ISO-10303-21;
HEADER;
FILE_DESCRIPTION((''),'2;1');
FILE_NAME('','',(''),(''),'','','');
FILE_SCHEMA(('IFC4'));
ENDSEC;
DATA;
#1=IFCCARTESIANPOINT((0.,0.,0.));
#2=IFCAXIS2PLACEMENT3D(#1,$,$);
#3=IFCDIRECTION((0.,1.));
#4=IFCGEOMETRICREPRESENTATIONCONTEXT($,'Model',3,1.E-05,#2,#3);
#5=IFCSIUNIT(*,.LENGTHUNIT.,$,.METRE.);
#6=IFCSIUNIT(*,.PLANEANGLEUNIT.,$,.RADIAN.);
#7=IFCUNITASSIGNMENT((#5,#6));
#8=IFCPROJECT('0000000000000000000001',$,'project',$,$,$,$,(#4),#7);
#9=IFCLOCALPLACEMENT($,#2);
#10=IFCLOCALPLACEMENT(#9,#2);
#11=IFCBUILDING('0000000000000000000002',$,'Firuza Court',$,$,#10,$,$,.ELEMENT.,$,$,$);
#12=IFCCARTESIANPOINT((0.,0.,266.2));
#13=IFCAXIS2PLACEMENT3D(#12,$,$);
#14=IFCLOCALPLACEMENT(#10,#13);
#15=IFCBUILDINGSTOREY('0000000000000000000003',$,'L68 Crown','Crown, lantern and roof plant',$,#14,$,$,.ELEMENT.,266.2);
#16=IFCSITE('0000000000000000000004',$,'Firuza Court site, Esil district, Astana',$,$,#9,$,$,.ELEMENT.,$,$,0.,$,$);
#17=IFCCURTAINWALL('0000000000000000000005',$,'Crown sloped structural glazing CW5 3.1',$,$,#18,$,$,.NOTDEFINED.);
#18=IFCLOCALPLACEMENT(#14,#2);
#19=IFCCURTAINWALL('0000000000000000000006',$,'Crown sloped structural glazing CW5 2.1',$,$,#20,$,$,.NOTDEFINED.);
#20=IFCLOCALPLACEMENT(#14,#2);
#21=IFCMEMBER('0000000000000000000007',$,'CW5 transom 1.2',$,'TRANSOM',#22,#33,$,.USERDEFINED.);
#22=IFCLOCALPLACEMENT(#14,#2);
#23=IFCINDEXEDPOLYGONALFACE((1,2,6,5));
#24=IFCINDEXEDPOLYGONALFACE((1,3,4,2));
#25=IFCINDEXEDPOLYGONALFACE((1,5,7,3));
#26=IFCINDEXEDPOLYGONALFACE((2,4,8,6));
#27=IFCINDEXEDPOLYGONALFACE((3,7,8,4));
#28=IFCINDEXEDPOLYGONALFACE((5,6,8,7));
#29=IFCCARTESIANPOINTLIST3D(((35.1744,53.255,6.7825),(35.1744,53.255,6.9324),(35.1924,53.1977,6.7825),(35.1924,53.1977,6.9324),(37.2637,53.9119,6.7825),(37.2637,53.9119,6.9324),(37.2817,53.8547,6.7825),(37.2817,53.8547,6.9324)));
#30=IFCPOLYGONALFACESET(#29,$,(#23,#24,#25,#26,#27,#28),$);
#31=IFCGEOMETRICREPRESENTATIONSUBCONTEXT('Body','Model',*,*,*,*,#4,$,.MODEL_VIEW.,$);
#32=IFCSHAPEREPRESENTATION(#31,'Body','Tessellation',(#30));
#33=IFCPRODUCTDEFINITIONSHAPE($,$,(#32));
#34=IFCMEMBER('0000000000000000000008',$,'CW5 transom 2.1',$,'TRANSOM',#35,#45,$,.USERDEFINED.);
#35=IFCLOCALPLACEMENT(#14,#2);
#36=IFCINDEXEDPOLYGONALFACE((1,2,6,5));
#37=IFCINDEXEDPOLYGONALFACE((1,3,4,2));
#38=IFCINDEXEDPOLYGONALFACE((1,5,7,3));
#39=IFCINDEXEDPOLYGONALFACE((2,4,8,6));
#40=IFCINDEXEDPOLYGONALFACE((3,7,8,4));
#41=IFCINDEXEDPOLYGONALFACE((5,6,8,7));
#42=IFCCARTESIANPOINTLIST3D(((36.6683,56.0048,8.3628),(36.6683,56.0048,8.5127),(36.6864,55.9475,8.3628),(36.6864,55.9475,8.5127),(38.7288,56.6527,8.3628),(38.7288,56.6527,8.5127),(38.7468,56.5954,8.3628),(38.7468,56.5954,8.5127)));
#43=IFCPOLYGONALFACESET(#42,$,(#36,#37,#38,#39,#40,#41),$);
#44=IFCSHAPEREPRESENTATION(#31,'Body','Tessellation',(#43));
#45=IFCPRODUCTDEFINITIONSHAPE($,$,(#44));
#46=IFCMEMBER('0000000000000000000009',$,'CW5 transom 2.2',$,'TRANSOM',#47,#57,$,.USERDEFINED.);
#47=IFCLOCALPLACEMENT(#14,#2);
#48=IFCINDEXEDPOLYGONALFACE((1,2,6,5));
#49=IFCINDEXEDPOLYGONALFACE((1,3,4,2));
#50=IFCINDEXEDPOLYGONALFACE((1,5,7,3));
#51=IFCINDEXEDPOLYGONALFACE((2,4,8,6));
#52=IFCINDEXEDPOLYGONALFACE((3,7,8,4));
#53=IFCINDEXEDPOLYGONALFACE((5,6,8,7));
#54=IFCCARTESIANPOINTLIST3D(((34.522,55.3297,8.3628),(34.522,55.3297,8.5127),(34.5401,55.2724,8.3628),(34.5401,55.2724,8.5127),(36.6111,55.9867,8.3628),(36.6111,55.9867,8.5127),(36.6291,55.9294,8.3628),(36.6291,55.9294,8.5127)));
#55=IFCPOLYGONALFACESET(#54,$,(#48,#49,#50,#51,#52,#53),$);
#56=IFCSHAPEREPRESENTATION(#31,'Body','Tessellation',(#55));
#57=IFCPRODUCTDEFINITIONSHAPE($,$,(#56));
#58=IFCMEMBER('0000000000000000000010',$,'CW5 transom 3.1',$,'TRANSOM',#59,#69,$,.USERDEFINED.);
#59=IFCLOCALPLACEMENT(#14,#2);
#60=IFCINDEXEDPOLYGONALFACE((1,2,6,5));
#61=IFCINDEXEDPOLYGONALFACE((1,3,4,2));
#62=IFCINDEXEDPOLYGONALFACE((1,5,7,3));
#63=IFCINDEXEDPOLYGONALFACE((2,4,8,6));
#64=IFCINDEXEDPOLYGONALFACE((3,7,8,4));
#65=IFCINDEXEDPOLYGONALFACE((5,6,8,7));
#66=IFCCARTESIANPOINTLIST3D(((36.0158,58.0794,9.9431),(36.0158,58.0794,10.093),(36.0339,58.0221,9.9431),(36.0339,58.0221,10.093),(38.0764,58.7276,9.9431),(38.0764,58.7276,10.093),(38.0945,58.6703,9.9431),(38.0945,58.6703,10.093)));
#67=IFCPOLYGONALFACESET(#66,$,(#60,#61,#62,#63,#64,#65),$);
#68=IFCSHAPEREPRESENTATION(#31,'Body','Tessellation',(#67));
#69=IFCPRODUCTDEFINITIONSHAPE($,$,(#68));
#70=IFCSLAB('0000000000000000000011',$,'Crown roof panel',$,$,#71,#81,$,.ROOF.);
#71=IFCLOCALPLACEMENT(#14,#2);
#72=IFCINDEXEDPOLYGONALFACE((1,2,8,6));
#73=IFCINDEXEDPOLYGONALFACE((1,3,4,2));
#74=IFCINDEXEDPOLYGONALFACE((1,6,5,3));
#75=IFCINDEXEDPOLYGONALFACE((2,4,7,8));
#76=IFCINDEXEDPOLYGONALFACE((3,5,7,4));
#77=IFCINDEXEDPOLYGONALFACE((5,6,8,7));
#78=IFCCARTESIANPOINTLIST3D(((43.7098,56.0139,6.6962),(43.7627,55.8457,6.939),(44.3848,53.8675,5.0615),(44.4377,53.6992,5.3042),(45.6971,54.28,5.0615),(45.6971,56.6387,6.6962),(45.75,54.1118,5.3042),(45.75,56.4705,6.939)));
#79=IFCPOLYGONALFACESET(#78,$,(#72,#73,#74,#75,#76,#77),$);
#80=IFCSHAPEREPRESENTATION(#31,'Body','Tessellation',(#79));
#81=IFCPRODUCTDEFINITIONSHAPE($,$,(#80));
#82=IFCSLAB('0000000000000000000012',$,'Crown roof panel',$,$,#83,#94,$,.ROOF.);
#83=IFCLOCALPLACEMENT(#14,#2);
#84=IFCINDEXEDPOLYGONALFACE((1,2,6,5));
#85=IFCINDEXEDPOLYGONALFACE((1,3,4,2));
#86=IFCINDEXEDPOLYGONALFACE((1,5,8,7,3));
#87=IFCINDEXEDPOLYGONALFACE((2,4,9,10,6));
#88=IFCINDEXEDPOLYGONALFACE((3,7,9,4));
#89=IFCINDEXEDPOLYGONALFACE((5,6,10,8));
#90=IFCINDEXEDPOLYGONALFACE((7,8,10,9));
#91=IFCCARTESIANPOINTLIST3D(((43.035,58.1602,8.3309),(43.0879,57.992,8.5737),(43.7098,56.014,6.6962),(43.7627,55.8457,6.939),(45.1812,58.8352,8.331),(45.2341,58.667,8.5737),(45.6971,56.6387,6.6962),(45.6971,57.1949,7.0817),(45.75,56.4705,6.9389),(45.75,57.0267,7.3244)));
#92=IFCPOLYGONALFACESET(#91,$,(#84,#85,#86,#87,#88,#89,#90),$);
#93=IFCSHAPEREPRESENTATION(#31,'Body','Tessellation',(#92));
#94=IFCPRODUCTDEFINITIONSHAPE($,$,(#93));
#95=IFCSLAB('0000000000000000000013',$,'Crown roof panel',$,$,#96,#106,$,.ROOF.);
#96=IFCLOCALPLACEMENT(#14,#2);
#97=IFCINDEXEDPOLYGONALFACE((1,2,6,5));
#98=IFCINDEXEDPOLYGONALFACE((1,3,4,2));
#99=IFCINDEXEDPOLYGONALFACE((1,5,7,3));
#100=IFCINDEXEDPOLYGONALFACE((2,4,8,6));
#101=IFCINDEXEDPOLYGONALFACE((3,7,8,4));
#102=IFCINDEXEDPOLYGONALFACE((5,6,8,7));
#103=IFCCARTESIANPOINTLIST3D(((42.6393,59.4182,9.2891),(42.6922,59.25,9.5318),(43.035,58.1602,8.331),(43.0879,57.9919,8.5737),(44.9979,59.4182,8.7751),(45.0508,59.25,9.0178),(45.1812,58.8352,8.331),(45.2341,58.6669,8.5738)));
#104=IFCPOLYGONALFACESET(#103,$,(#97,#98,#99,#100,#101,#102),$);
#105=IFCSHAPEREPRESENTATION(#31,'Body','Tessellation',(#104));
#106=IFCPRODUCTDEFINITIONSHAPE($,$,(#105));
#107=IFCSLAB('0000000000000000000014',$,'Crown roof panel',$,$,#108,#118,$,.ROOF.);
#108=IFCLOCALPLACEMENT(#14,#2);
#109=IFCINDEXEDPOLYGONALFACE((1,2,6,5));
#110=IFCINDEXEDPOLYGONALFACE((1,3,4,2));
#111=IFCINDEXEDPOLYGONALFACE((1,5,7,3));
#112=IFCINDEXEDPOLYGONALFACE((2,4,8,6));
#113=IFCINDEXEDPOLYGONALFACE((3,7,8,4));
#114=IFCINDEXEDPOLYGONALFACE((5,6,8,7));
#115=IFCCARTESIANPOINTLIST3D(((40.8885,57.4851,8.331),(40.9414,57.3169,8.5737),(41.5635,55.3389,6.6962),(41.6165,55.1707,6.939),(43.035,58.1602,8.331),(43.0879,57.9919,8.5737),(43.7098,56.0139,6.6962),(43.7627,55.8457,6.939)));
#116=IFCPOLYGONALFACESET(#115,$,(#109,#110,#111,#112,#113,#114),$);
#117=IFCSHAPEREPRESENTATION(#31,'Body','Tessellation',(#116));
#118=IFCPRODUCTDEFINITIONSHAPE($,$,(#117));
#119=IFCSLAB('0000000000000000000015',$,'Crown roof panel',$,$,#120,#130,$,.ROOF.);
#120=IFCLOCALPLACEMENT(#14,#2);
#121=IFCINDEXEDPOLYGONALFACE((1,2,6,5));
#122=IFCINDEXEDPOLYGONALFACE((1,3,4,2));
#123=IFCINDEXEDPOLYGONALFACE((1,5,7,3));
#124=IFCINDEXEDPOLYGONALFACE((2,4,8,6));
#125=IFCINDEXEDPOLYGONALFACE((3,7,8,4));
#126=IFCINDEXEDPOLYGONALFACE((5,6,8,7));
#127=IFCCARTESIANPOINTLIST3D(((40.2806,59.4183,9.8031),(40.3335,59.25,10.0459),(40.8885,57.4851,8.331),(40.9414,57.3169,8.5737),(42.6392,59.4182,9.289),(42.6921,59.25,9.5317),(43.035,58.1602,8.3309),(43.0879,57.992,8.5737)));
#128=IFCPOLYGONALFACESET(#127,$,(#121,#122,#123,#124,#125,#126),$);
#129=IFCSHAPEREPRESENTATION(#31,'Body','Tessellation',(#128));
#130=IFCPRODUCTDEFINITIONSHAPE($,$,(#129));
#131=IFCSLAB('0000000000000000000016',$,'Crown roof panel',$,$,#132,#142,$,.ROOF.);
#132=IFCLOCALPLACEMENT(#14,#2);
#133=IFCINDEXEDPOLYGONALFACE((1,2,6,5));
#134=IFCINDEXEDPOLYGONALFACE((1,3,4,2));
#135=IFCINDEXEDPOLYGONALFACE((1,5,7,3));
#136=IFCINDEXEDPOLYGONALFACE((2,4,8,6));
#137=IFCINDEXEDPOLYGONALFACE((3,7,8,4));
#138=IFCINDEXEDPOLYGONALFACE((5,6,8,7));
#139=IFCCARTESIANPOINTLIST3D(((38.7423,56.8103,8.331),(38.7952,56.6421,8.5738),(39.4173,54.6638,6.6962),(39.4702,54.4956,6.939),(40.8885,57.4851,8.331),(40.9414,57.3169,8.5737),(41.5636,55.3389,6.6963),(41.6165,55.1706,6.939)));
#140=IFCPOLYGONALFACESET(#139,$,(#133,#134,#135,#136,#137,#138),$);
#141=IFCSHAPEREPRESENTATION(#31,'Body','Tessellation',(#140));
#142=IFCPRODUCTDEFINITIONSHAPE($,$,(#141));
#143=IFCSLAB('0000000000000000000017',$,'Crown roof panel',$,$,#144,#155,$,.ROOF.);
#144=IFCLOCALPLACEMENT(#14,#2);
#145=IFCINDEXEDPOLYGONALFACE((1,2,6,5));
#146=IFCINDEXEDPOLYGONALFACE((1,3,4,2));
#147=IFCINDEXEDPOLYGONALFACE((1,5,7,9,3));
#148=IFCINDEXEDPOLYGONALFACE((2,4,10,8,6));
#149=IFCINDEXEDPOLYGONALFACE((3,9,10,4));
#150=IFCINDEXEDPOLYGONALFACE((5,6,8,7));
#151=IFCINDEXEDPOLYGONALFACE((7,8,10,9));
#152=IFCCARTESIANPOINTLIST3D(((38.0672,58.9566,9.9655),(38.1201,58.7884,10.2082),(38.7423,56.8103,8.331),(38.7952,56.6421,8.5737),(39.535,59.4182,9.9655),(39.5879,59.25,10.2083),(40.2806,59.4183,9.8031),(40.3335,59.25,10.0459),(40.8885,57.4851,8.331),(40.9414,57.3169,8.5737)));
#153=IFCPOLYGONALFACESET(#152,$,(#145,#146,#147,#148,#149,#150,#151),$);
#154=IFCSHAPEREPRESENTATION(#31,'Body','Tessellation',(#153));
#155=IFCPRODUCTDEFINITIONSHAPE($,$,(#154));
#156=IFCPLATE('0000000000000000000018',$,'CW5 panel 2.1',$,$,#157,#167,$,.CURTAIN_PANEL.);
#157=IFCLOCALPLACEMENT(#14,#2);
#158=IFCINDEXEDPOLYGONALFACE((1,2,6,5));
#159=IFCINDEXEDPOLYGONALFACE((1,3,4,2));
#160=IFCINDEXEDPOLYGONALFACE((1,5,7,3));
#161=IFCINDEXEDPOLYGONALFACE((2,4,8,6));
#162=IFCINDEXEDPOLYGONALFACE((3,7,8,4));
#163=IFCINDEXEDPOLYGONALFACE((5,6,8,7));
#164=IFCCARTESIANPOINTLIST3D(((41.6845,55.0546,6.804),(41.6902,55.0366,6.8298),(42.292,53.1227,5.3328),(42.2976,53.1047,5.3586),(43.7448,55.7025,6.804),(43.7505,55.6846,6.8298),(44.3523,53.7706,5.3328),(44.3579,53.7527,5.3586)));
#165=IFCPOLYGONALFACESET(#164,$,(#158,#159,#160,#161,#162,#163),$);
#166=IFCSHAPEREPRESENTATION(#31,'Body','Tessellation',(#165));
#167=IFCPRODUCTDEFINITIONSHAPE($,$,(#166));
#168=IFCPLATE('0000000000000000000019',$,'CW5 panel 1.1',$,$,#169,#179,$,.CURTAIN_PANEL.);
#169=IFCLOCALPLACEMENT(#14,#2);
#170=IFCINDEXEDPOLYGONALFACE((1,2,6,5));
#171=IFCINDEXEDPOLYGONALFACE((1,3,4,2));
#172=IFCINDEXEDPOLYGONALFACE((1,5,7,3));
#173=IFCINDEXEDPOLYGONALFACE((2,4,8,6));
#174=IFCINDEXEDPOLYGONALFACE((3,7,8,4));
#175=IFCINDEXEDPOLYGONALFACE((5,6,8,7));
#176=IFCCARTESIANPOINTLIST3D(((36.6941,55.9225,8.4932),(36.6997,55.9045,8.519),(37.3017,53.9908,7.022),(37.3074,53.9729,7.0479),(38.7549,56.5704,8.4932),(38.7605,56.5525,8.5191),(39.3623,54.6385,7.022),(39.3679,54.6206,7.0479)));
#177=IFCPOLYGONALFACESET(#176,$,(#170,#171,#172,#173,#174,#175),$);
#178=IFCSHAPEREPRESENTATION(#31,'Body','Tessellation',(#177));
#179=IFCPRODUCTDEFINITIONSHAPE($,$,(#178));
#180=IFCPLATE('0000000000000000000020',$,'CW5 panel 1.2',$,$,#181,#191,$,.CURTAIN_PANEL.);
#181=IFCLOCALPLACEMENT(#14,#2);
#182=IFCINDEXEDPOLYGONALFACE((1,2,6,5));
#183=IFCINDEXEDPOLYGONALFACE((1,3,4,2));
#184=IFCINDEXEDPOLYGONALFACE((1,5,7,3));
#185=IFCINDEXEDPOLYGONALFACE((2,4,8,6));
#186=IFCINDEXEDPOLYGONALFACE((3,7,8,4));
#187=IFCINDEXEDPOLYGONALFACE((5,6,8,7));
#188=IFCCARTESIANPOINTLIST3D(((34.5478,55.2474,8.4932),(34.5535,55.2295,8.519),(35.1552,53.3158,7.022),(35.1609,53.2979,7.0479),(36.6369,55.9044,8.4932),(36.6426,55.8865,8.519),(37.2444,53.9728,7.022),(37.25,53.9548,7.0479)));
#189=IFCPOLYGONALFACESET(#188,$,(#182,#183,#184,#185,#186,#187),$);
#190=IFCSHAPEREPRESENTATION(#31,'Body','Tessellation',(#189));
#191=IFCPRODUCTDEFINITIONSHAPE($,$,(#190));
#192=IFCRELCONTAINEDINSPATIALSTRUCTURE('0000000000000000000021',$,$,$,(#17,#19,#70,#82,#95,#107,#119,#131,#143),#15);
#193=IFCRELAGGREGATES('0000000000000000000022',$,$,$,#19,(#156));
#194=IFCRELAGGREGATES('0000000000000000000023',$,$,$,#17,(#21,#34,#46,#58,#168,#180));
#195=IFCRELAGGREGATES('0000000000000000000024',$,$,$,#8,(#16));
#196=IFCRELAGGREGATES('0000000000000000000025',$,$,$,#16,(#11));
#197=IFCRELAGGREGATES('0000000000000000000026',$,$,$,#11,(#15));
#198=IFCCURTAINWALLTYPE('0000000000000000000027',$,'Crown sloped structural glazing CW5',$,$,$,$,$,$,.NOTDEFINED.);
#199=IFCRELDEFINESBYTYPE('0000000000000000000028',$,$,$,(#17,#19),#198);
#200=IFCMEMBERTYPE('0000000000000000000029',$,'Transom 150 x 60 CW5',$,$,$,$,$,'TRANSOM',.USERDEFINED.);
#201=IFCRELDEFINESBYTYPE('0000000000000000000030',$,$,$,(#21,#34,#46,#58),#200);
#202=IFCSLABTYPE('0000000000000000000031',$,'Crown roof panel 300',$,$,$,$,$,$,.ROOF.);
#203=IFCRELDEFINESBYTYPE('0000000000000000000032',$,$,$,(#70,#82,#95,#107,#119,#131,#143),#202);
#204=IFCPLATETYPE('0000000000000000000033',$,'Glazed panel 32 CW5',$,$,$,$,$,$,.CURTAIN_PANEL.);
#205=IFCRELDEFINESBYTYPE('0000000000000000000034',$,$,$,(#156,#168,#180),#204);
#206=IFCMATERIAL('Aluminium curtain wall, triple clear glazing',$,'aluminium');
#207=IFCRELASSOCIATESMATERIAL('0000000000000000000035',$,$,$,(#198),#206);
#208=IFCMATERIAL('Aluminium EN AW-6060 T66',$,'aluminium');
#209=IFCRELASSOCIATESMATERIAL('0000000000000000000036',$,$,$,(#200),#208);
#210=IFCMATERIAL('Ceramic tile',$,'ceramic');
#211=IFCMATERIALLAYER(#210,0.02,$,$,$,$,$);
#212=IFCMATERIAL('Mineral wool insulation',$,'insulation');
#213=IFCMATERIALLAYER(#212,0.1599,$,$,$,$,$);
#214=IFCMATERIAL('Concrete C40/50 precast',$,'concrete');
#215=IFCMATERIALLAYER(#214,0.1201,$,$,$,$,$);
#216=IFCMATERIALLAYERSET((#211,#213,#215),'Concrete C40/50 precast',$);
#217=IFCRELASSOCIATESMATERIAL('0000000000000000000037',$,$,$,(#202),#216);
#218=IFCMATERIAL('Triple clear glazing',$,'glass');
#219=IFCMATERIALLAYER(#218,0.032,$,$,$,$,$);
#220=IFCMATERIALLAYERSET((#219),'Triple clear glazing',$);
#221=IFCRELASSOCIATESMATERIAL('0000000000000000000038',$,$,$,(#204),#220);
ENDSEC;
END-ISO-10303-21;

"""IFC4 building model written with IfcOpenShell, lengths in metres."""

from ifc_helpers import new_model, si_unit, direction, frame, origin, origin_2d, place, context, subcontext, project, spatial, polyline, rectangle, outline, extrude, material, layer, layer_set, material_profile, profile_set, type_object, element, aggregate, save


model = new_model("IFC4")

# Units and contexts
model_context = context("Model", 3, precision=1e-05, world=origin(), true_north=direction((0.0, 1.0)))
body_context = subcontext(model_context, "Body", "Model", "MODEL_VIEW")
ifc_project = project(units=[si_unit("LENGTHUNIT", "METRE"), si_unit("PLANEANGLEUNIT", "RADIAN")], contexts=[model_context])

# Site, building, storey
site_placement = place(None, origin())
site = spatial("IfcSite", under=ifc_project, at=site_placement, Name="Firuza Court site, Esil district, Astana", CompositionType="ELEMENT", RefElevation=0.0)
building_placement = place(site_placement, origin())
building = spatial("IfcBuilding", under=site, at=building_placement, Name="Firuza Court", CompositionType="ELEMENT")
storey_placement = place(building_placement, frame((0.0, 0.0, 266.2)))
storey = spatial("IfcBuildingStorey", under=building, at=storey_placement, Name="L68 Crown", Description="Crown, lantern and roof plant", CompositionType="ELEMENT", Elevation=266.2)

# Curtain walls
ifc_material_1 = material(Name="Aluminium curtain wall, triple clear glazing", Category="aluminium")
curtain_wall_type = type_object("IfcCurtainWallType", Name="Crown sloped structural glazing CW5", PredefinedType="NOTDEFINED", material=ifc_material_1)
curtain_wall_1_placement = place(storey_placement, origin())
curtain_wall_1 = element("IfcCurtainWall", 1, at=curtain_wall_1_placement, inside=storey, type_object=curtain_wall_type, Name="Crown sloped structural glazing CW5 3.1", PredefinedType="NOTDEFINED")
curtain_wall_2_placement = place(storey_placement, origin())
curtain_wall_2 = element("IfcCurtainWall", 2, at=curtain_wall_2_placement, inside=storey, type_object=curtain_wall_type, Name="Crown sloped structural glazing CW5 2.1", PredefinedType="NOTDEFINED")
ifc_material_2 = material(Name="Aluminium EN AW-6060 T66", Category="aluminium")
ifc_material_profile_1 = material_profile(ifc_material_2, rectangle(XDim=0.0601, YDim=0.1499, at=origin_2d()), Name="Transom 150 x 60 CW5")
ifc_profile_set_1 = profile_set([ifc_material_profile_1], Name="Aluminium EN AW-6060 T66")
member_type_1 = type_object("IfcMemberType", Name="Transom 150 x 60 CW5", ElementType="TRANSOM", PredefinedType="USERDEFINED", material=ifc_profile_set_1)

# Members
member_1_placement = place(storey_placement, frame((37.2727, 53.8833, 6.8574), z_axis=(-0.953951, -0.299963, 0.0), x_axis=(0.299963, -0.953951, 0.0)))
member_1 = element("IfcMember", 3, at=member_1_placement, type_object=member_type_1, Name="CW5 transom 1.2", ObjectType="TRANSOM", PredefinedType="USERDEFINED", context=body_context, shape_type="SweptSolid", body=[
    extrude(rectangle(XDim=0.0601, YDim=0.1499, at=origin_2d()), origin(), (0.0, 0.0, 1.0), 2.1902),
])
member_2_placement = place(storey_placement, frame((38.7378, 56.624, 8.4377), z_axis=(-0.953948, -0.299974, 0.0), x_axis=(0.299974, -0.953948, 0.0)))
member_2 = element("IfcMember", 4, at=member_2_placement, type_object=member_type_1, Name="CW5 transom 2.1", ObjectType="TRANSOM", PredefinedType="USERDEFINED", context=body_context, shape_type="SweptSolid", body=[
    extrude(rectangle(XDim=0.0601, YDim=0.1499, at=origin_2d()), origin(), (0.0, 0.0, 1.0), 2.1599),
])
member_3_placement = place(storey_placement, frame((36.6201, 55.958, 8.4377), z_axis=(-0.953941, -0.299995, 0.0), x_axis=(0.299995, -0.953941, 0.0)))
member_3 = element("IfcMember", 5, at=member_3_placement, type_object=member_type_1, Name="CW5 transom 2.2", ObjectType="TRANSOM", PredefinedType="USERDEFINED", context=body_context, shape_type="SweptSolid", body=[
    extrude(rectangle(XDim=0.0601, YDim=0.1499, at=origin_2d()), origin(), (0.0, 0.0, 1.0), 2.1899),
])
member_4_placement = place(storey_placement, frame((38.0854, 58.699, 10.0181), z_axis=(-0.953915, -0.300076, 0.0), x_axis=(0.300076, -0.953915, 0.0)))
member_4 = element("IfcMember", 6, at=member_4_placement, type_object=member_type_1, Name="CW5 transom 3.1", ObjectType="TRANSOM", PredefinedType="USERDEFINED", context=body_context, shape_type="SweptSolid", body=[
    extrude(rectangle(XDim=0.0601, YDim=0.1499, at=origin_2d()), origin(), (0.0, 0.0, 1.0), 2.1602),
])

# Slabs
ifc_material_3 = material(Name="Ceramic tile", Category="ceramic")
ifc_layer_1 = layer(ifc_material_3, 0.02)
ifc_material_4 = material(Name="Mineral wool insulation", Category="insulation")
ifc_layer_2 = layer(ifc_material_4, 0.1599)
ifc_material_5 = material(Name="Concrete C40/50 precast", Category="concrete")
ifc_layer_3 = layer(ifc_material_5, 0.1201)
ifc_layer_set_1 = layer_set([ifc_layer_1, ifc_layer_2, ifc_layer_3], Name="Concrete C40/50 precast")
slab_type = type_object("IfcSlabType", Name="Crown roof panel 300", PredefinedType="ROOF", material=ifc_layer_set_1)
slab_1_placement = place(storey_placement, frame((44.4377, 53.6992, 5.3042), z_axis=(0.176286, -0.560721, 0.809021), x_axis=(-0.24271, 0.771756, 0.587779)))
element("IfcSlab", 7, at=slab_1_placement, inside=storey, type_object=slab_type, Name="Crown roof panel", PredefinedType="ROOF", context=body_context, shape_type="SweptSolid", body=[
    extrude(outline(polyline([(0.0, 0.0), (2.7813, 0.0), (2.7811, -2.0832), (-0.0001, -1.3756), (0.0, 0.0)])), origin(), (0.0, 0.0, -1.0), 0.3),
])
slab_2_placement = place(storey_placement, frame((43.7627, 55.8457, 6.939), z_axis=(0.176315, -0.560732, 0.809007), x_axis=(-0.242651, 0.77176, 0.587799)))
element("IfcSlab", 8, at=slab_2_placement, inside=storey, type_object=slab_type, Name="Crown roof panel", PredefinedType="ROOF", context=body_context, shape_type="SweptSolid", body=[
    extrude(outline(polyline([(0.0, 0.0), (2.781, 0.0), (2.7812, -2.2499), (0.6558, -2.25), (-0.0001, -2.0832), (0.0, 0.0)])), origin(), (0.0, 0.0, -1.0), 0.3),
])
slab_3_placement = place(storey_placement, frame((43.0879, 57.9919, 8.5737), z_axis=(0.176313, -0.560683, 0.809042), x_axis=(-0.242775, 0.771757, 0.587751)))
element("IfcSlab", 9, at=slab_3_placement, inside=storey, type_object=slab_type, Name="Crown roof panel", PredefinedType="ROOF", context=body_context, shape_type="SweptSolid", body=[
    extrude(outline(polyline([(0.0, 0.0), (1.6301, 0.0), (0.7554, -2.2499), (-0.0001, -2.2499), (0.0, 0.0)])), origin(), (0.0, 0.0, -1.0), 0.3),
])
slab_4_placement = place(storey_placement, frame((41.6165, 55.1707, 6.939), z_axis=(0.176358, -0.560741, 0.808992), x_axis=(-0.242726, 0.77172, 0.58782)))
element("IfcSlab", 10, at=slab_4_placement, inside=storey, type_object=slab_type, Name="Crown roof panel", PredefinedType="ROOF", context=body_context, shape_type="SweptSolid", body=[
    extrude(outline(polyline([(0.0, 0.0), (2.7811, 0.0), (2.781, -2.2501), (0.0, -2.2499), (0.0, 0.0)])), origin(), (0.0, 0.0, -1.0), 0.3),
])
slab_5_placement = place(storey_placement, frame((40.9414, 57.3169, 8.5737), z_axis=(0.176344, -0.560658, 0.809052), x_axis=(-0.242707, 0.771789, 0.587737)))
element("IfcSlab", 11, at=slab_5_placement, inside=storey, type_object=slab_type, Name="Crown roof panel", PredefinedType="ROOF", context=body_context, shape_type="SweptSolid", body=[
    extrude(outline(polyline([(0.0, 0.0), (2.5047, 0.0), (1.6301, -2.25), (0.0, -2.2501), (0.0, 0.0)])), origin(), (0.0, 0.0, -1.0), 0.3),
])
slab_6_placement = place(storey_placement, frame((39.4702, 54.4956, 6.939), z_axis=(0.17633, -0.560722, 0.809011), x_axis=(-0.242707, 0.771746, 0.587793)))
element("IfcSlab", 12, at=slab_6_placement, inside=storey, type_object=slab_type, Name="Crown roof panel", PredefinedType="ROOF", context=body_context, shape_type="SweptSolid", body=[
    extrude(outline(polyline([(0.0, 0.0), (2.7813, 0.0), (2.7812, -2.2498), (0.0001, -2.2499), (0.0, 0.0)])), origin(), (0.0, 0.0, -1.0), 0.3),
])
slab_7_placement = place(storey_placement, frame((38.7952, 56.6421, 8.5737), z_axis=(0.176289, -0.560679, 0.80905), x_axis=(-0.242744, 0.771775, 0.58774)))
element("IfcSlab", 13, at=slab_7_placement, inside=storey, type_object=slab_type, Name="Crown roof panel", PredefinedType="ROOF", context=body_context, shape_type="SweptSolid", body=[
    extrude(outline(polyline([(0.0, 0.0), (2.781, 0.0), (2.781, -1.5387), (2.5046, -2.2499), (-0.0002, -2.2498), (0.0, 0.0)])), origin(), (0.0, 0.0, -1.0), 0.3),
])

# Plates
ifc_material_6 = material(Name="Triple clear glazing", Category="glass")
ifc_layer_4 = layer(ifc_material_6, 0.032)
ifc_layer_set_2 = layer_set([ifc_layer_4], Name="Triple clear glazing")
plate_type = type_object("IfcPlateType", Name="Glazed panel 32 CW5", PredefinedType="CURTAIN_PANEL", material=ifc_layer_set_2)
plate_1_placement = place(storey_placement, frame((44.3579, 53.7527, 5.3586), z_axis=(0.176327, -0.560673, 0.809045), x_axis=(-0.953937, -0.300006, 0.0)))
plate_1 = element("IfcPlate", 14, at=plate_1_placement, type_object=plate_type, Name="CW5 panel 2.1", PredefinedType="CURTAIN_PANEL", context=body_context, shape_type="SweptSolid", body=[
    extrude(outline(polyline([(0.0, 0.0), (2.1598, 0.0), (2.1597, -2.5031), (-0.0001, -2.5031), (0.0, 0.0)])), origin(), (0.0, 0.0, -1.0), 0.032),
])
aggregate(curtain_wall_2, [plate_1])
plate_2_placement = place(storey_placement, frame((39.3679, 54.6206, 7.0479), z_axis=(0.176273, -0.560706, 0.809034), x_axis=(-0.953976, -0.299883, 0.000018)))
plate_2 = element("IfcPlate", 15, at=plate_2_placement, type_object=plate_type, Name="CW5 panel 1.1", PredefinedType="CURTAIN_PANEL", context=body_context, shape_type="SweptSolid", body=[
    extrude(outline(polyline([(0.0, 0.0), (2.1599, 0.0), (2.1604, -2.503), (0.0002, -2.5031), (0.0, 0.0)])), origin(), (0.0, 0.0, -1.0), 0.032),
])
plate_3_placement = place(storey_placement, frame((37.25, 53.9548, 7.0479), z_axis=(0.176334, -0.560717, 0.809013), x_axis=(-0.953941, -0.299995, 0.0)))
plate_3 = element("IfcPlate", 16, at=plate_3_placement, type_object=plate_type, Name="CW5 panel 1.2", PredefinedType="CURTAIN_PANEL", context=body_context, shape_type="SweptSolid", body=[
    extrude(outline(polyline([(0.0, 0.0), (2.19, 0.0), (2.1899, -2.5029), (0.0, -2.5029), (0.0, 0.0)])), origin(), (0.0, 0.0, -1.0), 0.032),
])
aggregate(curtain_wall_1, [member_1, member_2, member_3, member_4, plate_2, plate_3])

save(model, "model.ifc")
